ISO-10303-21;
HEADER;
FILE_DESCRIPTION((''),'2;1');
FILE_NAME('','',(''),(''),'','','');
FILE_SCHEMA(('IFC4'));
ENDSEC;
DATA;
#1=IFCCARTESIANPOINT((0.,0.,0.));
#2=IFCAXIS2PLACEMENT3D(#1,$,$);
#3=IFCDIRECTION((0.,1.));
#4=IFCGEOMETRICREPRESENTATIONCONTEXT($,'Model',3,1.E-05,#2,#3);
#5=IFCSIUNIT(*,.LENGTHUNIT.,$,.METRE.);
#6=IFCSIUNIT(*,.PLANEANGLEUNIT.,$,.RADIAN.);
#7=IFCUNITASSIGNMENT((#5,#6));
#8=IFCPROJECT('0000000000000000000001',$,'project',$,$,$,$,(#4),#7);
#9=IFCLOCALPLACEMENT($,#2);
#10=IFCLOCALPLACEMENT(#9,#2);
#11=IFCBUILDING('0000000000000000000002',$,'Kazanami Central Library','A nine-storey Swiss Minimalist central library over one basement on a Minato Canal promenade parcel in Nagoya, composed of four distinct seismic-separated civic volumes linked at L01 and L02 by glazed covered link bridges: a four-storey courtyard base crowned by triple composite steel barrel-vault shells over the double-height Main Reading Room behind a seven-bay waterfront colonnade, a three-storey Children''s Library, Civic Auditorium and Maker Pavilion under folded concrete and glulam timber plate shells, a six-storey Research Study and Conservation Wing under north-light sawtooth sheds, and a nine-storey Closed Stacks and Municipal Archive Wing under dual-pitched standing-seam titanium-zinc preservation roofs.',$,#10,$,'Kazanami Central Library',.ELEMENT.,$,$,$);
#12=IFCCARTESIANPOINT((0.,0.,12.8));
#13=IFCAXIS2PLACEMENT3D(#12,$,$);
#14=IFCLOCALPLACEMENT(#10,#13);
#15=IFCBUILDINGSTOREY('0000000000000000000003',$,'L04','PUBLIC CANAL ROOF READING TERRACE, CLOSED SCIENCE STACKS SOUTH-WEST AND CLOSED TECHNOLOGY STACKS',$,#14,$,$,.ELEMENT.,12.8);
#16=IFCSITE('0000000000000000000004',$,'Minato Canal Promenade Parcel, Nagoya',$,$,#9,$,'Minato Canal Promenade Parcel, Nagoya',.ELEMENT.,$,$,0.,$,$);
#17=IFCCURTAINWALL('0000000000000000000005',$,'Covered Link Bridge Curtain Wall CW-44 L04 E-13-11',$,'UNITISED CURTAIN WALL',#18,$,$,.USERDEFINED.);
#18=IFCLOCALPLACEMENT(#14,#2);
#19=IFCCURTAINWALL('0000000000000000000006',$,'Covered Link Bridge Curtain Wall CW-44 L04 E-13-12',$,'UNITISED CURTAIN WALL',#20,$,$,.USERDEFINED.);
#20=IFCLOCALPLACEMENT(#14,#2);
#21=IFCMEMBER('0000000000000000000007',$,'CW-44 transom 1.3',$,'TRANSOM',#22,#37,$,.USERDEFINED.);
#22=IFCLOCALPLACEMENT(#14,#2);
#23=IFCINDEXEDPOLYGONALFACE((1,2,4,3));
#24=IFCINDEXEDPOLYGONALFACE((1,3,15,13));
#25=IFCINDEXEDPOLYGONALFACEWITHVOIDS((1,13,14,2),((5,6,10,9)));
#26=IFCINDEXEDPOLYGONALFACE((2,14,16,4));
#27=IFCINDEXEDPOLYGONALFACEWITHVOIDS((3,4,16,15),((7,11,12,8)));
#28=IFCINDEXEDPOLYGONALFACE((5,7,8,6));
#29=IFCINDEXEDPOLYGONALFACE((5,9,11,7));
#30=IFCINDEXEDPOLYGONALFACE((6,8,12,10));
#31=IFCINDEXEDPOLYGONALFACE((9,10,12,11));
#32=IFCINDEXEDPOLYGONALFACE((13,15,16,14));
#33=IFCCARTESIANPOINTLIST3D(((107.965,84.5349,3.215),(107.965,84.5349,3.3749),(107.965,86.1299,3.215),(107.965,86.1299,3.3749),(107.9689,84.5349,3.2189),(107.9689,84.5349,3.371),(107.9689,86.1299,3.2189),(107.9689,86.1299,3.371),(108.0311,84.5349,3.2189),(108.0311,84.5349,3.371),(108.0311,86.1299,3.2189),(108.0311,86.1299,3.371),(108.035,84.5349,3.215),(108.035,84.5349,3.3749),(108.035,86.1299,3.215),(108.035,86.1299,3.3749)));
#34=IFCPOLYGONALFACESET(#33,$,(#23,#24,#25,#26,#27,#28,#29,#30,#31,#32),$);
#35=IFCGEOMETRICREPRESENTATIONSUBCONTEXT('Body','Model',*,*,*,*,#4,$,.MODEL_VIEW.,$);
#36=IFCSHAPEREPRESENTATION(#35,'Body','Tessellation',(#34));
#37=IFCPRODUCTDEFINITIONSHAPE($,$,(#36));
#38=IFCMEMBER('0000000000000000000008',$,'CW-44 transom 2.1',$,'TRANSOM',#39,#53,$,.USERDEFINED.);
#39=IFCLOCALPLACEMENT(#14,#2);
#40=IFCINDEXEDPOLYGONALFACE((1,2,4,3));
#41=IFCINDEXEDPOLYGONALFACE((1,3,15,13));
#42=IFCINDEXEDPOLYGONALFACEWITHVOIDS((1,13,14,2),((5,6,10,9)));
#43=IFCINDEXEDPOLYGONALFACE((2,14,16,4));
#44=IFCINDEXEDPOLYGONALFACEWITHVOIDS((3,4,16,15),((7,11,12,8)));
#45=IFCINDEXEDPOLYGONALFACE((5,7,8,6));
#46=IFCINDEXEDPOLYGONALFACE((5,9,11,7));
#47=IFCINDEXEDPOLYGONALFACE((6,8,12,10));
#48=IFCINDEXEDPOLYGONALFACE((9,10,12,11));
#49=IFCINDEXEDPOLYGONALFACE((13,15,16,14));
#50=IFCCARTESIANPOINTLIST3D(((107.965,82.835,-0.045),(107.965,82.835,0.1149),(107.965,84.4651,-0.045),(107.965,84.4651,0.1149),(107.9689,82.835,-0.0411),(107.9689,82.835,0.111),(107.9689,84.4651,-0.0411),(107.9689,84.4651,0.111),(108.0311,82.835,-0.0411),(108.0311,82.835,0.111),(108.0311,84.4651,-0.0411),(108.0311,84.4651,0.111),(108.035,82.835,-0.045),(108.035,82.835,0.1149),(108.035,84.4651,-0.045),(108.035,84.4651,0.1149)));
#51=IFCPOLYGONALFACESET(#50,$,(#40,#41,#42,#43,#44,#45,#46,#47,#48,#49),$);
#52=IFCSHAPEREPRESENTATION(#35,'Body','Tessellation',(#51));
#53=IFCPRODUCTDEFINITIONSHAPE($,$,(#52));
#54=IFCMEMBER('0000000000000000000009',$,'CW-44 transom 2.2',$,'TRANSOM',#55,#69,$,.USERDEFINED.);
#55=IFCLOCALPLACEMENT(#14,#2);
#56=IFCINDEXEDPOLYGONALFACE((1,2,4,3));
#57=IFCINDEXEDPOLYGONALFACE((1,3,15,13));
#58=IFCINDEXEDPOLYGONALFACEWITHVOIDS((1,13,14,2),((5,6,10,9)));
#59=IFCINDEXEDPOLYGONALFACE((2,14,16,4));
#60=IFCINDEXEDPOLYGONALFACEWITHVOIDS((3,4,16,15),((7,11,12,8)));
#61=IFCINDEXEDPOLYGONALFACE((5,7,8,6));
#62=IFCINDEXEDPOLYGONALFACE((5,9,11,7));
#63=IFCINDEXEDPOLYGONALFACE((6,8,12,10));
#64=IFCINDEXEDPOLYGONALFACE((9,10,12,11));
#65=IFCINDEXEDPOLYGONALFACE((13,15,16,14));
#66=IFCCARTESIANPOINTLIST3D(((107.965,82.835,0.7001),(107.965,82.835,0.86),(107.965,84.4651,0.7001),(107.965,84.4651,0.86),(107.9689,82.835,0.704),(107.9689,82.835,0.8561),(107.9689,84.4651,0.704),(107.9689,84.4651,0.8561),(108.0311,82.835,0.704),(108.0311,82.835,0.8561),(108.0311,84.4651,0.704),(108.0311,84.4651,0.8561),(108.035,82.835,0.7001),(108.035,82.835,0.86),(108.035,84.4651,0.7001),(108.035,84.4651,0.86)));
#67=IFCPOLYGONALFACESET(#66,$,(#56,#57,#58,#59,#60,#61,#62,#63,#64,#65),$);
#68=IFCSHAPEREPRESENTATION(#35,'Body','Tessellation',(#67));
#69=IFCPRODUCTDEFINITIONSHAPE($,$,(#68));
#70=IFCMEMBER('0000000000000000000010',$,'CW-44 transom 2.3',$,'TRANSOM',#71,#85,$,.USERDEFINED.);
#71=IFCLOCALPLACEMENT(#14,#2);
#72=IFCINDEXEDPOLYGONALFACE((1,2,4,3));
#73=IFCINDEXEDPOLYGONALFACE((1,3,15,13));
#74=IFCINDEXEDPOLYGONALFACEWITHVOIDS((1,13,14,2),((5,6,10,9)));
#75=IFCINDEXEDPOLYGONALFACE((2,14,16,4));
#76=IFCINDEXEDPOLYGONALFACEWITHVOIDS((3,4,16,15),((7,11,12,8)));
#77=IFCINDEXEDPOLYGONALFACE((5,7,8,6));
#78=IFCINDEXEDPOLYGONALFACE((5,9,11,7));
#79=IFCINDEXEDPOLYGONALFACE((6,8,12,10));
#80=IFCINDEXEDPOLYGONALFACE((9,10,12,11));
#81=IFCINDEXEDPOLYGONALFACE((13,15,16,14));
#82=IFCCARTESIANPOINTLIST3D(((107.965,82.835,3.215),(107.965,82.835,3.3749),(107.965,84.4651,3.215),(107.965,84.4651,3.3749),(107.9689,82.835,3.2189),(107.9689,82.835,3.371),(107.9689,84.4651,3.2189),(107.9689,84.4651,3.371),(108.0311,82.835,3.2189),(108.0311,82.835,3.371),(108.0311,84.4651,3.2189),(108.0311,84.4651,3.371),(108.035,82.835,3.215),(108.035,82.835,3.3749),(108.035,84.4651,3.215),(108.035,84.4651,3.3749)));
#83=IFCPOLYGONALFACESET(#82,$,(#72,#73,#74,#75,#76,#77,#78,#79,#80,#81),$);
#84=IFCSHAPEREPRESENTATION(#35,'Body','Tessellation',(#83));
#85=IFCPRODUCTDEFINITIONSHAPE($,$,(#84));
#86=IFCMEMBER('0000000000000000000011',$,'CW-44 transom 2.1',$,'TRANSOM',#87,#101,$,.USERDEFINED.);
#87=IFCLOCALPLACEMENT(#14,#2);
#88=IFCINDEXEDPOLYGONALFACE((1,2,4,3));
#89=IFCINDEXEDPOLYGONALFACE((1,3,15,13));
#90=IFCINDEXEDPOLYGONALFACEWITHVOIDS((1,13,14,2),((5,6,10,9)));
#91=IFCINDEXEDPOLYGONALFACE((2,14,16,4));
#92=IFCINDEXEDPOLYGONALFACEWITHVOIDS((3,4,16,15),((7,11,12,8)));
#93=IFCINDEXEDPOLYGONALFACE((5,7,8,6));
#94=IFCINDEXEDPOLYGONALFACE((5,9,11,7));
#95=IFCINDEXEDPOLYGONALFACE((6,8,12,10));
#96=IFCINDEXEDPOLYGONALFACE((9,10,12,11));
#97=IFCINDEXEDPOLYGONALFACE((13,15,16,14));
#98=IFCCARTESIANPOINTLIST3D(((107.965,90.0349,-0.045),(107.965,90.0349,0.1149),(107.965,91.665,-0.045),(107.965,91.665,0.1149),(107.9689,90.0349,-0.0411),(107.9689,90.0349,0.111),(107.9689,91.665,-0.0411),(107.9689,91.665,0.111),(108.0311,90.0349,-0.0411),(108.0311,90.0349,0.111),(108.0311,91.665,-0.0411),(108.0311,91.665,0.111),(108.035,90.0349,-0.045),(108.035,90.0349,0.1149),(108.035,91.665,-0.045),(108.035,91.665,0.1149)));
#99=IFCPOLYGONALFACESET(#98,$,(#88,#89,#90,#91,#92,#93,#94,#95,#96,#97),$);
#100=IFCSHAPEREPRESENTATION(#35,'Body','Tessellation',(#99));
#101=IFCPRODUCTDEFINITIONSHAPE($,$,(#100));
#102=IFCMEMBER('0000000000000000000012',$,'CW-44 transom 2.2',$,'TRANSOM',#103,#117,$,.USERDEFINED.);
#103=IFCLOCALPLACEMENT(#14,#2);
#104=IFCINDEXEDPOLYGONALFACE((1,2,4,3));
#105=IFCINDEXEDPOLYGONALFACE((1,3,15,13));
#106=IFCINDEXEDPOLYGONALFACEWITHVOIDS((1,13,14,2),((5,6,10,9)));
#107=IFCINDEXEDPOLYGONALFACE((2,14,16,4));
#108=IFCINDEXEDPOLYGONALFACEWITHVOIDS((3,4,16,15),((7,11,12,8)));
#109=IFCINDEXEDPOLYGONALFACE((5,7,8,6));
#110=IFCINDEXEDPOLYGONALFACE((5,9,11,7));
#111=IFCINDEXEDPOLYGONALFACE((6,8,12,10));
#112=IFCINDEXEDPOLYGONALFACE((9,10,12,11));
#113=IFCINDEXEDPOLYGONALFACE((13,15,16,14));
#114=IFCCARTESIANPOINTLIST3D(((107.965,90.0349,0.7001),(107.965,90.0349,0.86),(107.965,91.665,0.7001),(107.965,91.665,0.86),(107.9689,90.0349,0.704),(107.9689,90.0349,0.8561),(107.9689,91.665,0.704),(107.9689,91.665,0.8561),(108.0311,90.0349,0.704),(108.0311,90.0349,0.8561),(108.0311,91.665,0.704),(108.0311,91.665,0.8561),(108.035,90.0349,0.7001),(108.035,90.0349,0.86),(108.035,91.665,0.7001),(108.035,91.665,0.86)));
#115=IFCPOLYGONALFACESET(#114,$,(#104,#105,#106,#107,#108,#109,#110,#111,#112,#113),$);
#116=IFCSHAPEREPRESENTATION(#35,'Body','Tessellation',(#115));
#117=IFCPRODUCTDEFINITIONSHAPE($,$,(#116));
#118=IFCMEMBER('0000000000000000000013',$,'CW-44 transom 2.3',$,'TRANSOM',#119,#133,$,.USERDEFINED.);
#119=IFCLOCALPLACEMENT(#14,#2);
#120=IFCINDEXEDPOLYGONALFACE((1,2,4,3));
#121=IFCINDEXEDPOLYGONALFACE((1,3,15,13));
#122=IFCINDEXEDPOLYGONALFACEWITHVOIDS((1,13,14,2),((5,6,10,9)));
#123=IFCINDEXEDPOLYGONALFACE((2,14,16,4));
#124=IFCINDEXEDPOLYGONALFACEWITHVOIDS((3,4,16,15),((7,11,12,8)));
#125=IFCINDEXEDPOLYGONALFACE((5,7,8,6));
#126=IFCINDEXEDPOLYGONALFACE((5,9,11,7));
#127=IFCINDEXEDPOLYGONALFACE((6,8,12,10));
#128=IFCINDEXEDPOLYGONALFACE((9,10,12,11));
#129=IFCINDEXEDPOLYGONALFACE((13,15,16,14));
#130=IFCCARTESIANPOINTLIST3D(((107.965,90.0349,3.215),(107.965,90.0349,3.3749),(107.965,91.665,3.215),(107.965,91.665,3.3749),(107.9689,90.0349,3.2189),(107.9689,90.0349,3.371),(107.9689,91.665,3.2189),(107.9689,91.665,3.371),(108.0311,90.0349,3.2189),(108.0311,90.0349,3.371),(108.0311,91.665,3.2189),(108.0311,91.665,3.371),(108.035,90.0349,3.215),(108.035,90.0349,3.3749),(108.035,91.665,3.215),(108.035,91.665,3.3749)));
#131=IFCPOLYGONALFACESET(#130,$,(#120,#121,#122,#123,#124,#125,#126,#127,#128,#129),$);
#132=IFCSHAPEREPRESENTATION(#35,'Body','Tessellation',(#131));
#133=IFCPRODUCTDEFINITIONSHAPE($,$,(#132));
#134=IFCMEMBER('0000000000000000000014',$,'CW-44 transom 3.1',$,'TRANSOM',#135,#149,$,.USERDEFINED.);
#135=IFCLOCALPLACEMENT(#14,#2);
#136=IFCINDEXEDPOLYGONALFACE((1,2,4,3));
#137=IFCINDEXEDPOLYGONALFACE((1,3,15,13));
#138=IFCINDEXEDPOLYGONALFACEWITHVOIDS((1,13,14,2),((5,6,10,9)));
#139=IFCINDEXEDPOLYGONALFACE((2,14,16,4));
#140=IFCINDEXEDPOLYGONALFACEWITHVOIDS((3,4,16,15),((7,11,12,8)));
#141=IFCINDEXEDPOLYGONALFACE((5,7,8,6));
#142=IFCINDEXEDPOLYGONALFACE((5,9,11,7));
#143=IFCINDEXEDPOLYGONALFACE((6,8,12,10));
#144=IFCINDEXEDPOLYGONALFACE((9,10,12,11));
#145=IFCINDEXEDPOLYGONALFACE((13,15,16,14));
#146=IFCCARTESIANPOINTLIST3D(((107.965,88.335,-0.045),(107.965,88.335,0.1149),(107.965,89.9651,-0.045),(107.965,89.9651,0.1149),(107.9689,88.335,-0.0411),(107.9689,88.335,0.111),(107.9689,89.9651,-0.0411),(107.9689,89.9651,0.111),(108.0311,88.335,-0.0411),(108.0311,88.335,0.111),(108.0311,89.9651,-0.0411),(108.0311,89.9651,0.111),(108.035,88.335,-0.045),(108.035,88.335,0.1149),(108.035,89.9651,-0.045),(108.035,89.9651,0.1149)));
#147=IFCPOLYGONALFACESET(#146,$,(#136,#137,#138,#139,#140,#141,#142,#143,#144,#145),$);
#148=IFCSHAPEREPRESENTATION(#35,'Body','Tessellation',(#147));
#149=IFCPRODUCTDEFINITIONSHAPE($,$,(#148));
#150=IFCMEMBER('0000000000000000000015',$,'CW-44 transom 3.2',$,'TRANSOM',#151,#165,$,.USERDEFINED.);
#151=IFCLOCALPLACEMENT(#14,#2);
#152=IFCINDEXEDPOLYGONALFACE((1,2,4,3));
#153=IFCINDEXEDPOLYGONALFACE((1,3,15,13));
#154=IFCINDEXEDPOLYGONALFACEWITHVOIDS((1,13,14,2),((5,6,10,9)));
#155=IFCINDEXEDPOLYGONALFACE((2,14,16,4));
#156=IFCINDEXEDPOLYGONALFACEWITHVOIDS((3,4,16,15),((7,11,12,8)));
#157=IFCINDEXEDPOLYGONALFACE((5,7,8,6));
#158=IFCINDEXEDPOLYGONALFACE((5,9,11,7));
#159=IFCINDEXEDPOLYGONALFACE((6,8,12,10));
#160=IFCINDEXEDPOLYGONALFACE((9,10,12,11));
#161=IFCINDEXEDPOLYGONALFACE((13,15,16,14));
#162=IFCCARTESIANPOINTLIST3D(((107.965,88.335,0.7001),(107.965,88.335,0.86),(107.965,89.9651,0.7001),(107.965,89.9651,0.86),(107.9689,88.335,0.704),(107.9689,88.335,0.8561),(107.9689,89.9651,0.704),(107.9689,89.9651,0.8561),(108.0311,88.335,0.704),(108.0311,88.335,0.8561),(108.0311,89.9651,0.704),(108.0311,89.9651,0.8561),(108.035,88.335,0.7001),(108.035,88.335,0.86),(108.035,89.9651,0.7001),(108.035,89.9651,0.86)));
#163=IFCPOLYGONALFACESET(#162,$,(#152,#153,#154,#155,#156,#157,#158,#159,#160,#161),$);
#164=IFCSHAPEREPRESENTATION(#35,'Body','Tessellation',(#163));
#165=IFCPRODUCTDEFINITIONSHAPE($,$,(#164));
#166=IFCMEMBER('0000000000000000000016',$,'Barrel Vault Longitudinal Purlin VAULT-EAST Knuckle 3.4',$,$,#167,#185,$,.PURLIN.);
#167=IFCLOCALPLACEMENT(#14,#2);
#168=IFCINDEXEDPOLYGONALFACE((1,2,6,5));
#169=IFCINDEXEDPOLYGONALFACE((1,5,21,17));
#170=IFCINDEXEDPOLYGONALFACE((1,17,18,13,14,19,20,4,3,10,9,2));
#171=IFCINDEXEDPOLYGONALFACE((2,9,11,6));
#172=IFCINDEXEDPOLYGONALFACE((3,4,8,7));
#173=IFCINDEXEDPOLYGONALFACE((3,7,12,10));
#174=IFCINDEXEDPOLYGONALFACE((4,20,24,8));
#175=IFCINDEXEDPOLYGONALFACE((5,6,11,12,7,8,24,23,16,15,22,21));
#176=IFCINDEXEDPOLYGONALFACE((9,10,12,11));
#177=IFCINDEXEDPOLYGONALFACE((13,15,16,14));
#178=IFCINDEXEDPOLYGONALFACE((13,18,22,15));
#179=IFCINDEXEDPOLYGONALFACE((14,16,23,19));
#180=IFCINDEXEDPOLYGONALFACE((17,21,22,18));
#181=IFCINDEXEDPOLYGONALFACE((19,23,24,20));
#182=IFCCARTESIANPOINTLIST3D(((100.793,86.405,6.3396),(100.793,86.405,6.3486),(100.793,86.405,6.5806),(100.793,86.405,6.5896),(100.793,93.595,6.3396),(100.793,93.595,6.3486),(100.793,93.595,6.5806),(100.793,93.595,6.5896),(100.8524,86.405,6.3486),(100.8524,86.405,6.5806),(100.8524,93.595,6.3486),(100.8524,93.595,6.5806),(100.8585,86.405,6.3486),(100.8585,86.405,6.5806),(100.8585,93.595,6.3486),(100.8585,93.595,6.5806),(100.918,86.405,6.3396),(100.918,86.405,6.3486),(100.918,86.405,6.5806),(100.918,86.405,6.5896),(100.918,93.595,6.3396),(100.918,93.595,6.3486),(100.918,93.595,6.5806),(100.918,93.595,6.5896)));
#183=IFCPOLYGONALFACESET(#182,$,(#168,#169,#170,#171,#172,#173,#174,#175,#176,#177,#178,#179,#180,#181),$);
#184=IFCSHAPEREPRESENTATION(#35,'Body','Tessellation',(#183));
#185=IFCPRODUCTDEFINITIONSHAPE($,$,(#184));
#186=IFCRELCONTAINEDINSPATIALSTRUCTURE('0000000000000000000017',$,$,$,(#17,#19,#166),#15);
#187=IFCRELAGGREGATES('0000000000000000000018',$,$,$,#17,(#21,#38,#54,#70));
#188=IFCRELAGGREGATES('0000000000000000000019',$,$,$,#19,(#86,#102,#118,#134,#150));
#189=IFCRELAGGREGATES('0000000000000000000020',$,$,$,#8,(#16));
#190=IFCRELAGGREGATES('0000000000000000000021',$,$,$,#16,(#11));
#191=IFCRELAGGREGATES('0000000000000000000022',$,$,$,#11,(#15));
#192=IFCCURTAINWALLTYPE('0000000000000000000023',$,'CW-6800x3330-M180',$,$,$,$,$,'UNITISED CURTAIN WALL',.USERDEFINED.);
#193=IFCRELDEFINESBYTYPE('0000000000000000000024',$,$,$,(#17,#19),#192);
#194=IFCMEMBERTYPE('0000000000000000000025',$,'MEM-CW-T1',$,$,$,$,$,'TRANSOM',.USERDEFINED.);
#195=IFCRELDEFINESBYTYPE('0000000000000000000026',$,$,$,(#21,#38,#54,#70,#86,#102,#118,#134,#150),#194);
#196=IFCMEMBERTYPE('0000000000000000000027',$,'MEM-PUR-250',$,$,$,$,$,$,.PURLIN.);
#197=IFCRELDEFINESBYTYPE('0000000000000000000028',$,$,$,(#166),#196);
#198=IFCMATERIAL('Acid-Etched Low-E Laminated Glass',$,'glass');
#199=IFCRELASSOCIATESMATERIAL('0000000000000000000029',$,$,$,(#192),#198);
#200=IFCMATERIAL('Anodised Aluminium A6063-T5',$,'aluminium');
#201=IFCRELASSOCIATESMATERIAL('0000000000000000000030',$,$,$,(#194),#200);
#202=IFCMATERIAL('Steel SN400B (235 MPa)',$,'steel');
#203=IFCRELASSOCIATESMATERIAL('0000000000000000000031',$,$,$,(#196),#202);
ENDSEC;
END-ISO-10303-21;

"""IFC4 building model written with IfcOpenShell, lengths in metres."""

from ifc_helpers import new_model, si_unit, direction, frame, origin, origin_2d, place, context, subcontext, project, spatial, hollow_rectangle, i_section, extrude, material, material_profile, profile_set, type_object, element, aggregate, save


model = new_model("IFC4")

# Units and contexts
model_context = context("Model", 3, precision=1e-05, world=origin(), true_north=direction((0.0, 1.0)))
body_context = subcontext(model_context, "Body", "Model", "MODEL_VIEW")
ifc_project = project(units=[si_unit("LENGTHUNIT", "METRE"), si_unit("PLANEANGLEUNIT", "RADIAN")], contexts=[model_context])

# Site, building, storey
site_placement = place(None, origin())
site = spatial("IfcSite", under=ifc_project, at=site_placement, Name="Minato Canal Promenade Parcel, Nagoya", LongName="Minato Canal Promenade Parcel, Nagoya", CompositionType="ELEMENT", RefElevation=0.0)
building_placement = place(site_placement, origin())
building = spatial("IfcBuilding", under=site, at=building_placement, Name="Kazanami Central Library", Description="A nine-storey Swiss Minimalist central library over one basement on a Minato Canal promenade parcel in Nagoya, composed of four distinct seismic-separated civic volumes linked at L01 and L02 by glazed covered link bridges: a four-storey courtyard base crowned by triple composite steel barrel-vault shells over the double-height Main Reading Room behind a seven-bay waterfront colonnade, a three-storey Children's Library, Civic Auditorium and Maker Pavilion under folded concrete and glulam timber plate shells, a six-storey Research Study and Conservation Wing under north-light sawtooth sheds, and a nine-storey Closed Stacks and Municipal Archive Wing under dual-pitched standing-seam titanium-zinc preservation roofs.", LongName="Kazanami Central Library", CompositionType="ELEMENT")
storey_placement = place(building_placement, frame((0.0, 0.0, 12.8)))
storey = spatial("IfcBuildingStorey", under=building, at=storey_placement, Name="L04", Description="PUBLIC CANAL ROOF READING TERRACE, CLOSED SCIENCE STACKS SOUTH-WEST AND CLOSED TECHNOLOGY STACKS", CompositionType="ELEMENT", Elevation=12.8)

# Curtain walls
ifc_material_1 = material(Name="Acid-Etched Low-E Laminated Glass", Category="glass")
curtain_wall_type = type_object("IfcCurtainWallType", Name="CW-6800x3330-M180", ElementType="UNITISED CURTAIN WALL", PredefinedType="USERDEFINED", material=ifc_material_1)
curtain_wall_1_placement = place(storey_placement, origin())
curtain_wall_1 = element("IfcCurtainWall", 1, at=curtain_wall_1_placement, inside=storey, type_object=curtain_wall_type, Name="Covered Link Bridge Curtain Wall CW-44 L04 E-13-11", ObjectType="UNITISED CURTAIN WALL", PredefinedType="USERDEFINED")
ifc_material_2 = material(Name="Anodised Aluminium A6063-T5", Category="aluminium")
curtain_wall_2_placement = place(storey_placement, origin())
curtain_wall_2 = element("IfcCurtainWall", 2, at=curtain_wall_2_placement, inside=storey, type_object=curtain_wall_type, Name="Covered Link Bridge Curtain Wall CW-44 L04 E-13-12", ObjectType="UNITISED CURTAIN WALL", PredefinedType="USERDEFINED")

# Members
ifc_material_profile_1 = material_profile(ifc_material_2, hollow_rectangle(XDim=0.0701, YDim=0.1599, WallThickness=0.0039, at=origin_2d()), Name="ALU-TRAN-70x160x4")
ifc_profile_set_1 = profile_set([ifc_material_profile_1], Name="Anodised Aluminium A6063-T5")
member_type_1 = type_object("IfcMemberType", Name="MEM-CW-T1", ElementType="TRANSOM", PredefinedType="USERDEFINED", material=ifc_profile_set_1)
member_1_placement = place(storey_placement, frame((108.0, 86.1299, 3.2949), z_axis=(0.0, -1.0, 0.0), x_axis=(1.0, 0.0, 0.0)))
member_1 = element("IfcMember", 3, at=member_1_placement, type_object=member_type_1, Name="CW-44 transom 1.3", ObjectType="TRANSOM", PredefinedType="USERDEFINED", context=body_context, shape_type="SweptSolid", body=[
    extrude(hollow_rectangle(XDim=0.0701, YDim=0.1599, WallThickness=0.0039, at=origin_2d()), origin(), (0.0, 0.0, 1.0), 1.595),
])
member_2_placement = place(storey_placement, frame((108.0, 84.4651, 0.0349), z_axis=(0.0, -1.0, 0.0), x_axis=(1.0, 0.0, 0.0)))
member_2 = element("IfcMember", 4, at=member_2_placement, type_object=member_type_1, Name="CW-44 transom 2.1", ObjectType="TRANSOM", PredefinedType="USERDEFINED", context=body_context, shape_type="SweptSolid", body=[
    extrude(hollow_rectangle(XDim=0.0701, YDim=0.1599, WallThickness=0.0039, at=origin_2d()), origin(), (0.0, 0.0, 1.0), 1.6301),
])
member_3_placement = place(storey_placement, frame((108.0, 84.4651, 0.78), z_axis=(0.0, -1.0, 0.0), x_axis=(1.0, 0.0, 0.0)))
member_3 = element("IfcMember", 5, at=member_3_placement, type_object=member_type_1, Name="CW-44 transom 2.2", ObjectType="TRANSOM", PredefinedType="USERDEFINED", context=body_context, shape_type="SweptSolid", body=[
    extrude(hollow_rectangle(XDim=0.0701, YDim=0.1599, WallThickness=0.0039, at=origin_2d()), origin(), (0.0, 0.0, 1.0), 1.6301),
])
member_4_placement = place(storey_placement, frame((108.0, 84.4651, 3.2949), z_axis=(0.0, -1.0, 0.0), x_axis=(1.0, 0.0, 0.0)))
member_4 = element("IfcMember", 6, at=member_4_placement, type_object=member_type_1, Name="CW-44 transom 2.3", ObjectType="TRANSOM", PredefinedType="USERDEFINED", context=body_context, shape_type="SweptSolid", body=[
    extrude(hollow_rectangle(XDim=0.0701, YDim=0.1599, WallThickness=0.0039, at=origin_2d()), origin(), (0.0, 0.0, 1.0), 1.6301),
])
member_5_placement = place(storey_placement, frame((108.0, 91.665, 0.0349), z_axis=(0.0, -1.0, 0.0), x_axis=(1.0, 0.0, 0.0)))
member_5 = element("IfcMember", 7, at=member_5_placement, type_object=member_type_1, Name="CW-44 transom 2.1", ObjectType="TRANSOM", PredefinedType="USERDEFINED", context=body_context, shape_type="SweptSolid", body=[
    extrude(hollow_rectangle(XDim=0.0701, YDim=0.1599, WallThickness=0.0039, at=origin_2d()), origin(), (0.0, 0.0, 1.0), 1.6301),
])
member_6_placement = place(storey_placement, frame((108.0, 91.665, 0.78), z_axis=(0.0, -1.0, 0.0), x_axis=(1.0, 0.0, 0.0)))
member_6 = element("IfcMember", 8, at=member_6_placement, type_object=member_type_1, Name="CW-44 transom 2.2", ObjectType="TRANSOM", PredefinedType="USERDEFINED", context=body_context, shape_type="SweptSolid", body=[
    extrude(hollow_rectangle(XDim=0.0701, YDim=0.1599, WallThickness=0.0039, at=origin_2d()), origin(), (0.0, 0.0, 1.0), 1.6301),
])
member_7_placement = place(storey_placement, frame((108.0, 91.665, 3.2949), z_axis=(0.0, -1.0, 0.0), x_axis=(1.0, 0.0, 0.0)))
member_7 = element("IfcMember", 9, at=member_7_placement, type_object=member_type_1, Name="CW-44 transom 2.3", ObjectType="TRANSOM", PredefinedType="USERDEFINED", context=body_context, shape_type="SweptSolid", body=[
    extrude(hollow_rectangle(XDim=0.0701, YDim=0.1599, WallThickness=0.0039, at=origin_2d()), origin(), (0.0, 0.0, 1.0), 1.6301),
])
member_8_placement = place(storey_placement, frame((108.0, 89.9651, 0.0349), z_axis=(0.0, -1.0, 0.0), x_axis=(1.0, 0.0, 0.0)))
member_8 = element("IfcMember", 10, at=member_8_placement, type_object=member_type_1, Name="CW-44 transom 3.1", ObjectType="TRANSOM", PredefinedType="USERDEFINED", context=body_context, shape_type="SweptSolid", body=[
    extrude(hollow_rectangle(XDim=0.0701, YDim=0.1599, WallThickness=0.0039, at=origin_2d()), origin(), (0.0, 0.0, 1.0), 1.6301),
])
member_9_placement = place(storey_placement, frame((108.0, 89.9651, 0.78), z_axis=(0.0, -1.0, 0.0), x_axis=(1.0, 0.0, 0.0)))
member_9 = element("IfcMember", 11, at=member_9_placement, type_object=member_type_1, Name="CW-44 transom 3.2", ObjectType="TRANSOM", PredefinedType="USERDEFINED", context=body_context, shape_type="SweptSolid", body=[
    extrude(hollow_rectangle(XDim=0.0701, YDim=0.1599, WallThickness=0.0039, at=origin_2d()), origin(), (0.0, 0.0, 1.0), 1.6301),
])

# Member
ifc_material_3 = material(Name="Steel SN400B (235 MPa)", Category="steel")
ifc_material_profile_2 = material_profile(ifc_material_3, i_section(OverallWidth=0.125, OverallDepth=0.25, WebThickness=0.0061, FlangeThickness=0.009, at=origin_2d()), Name="H-250x125x6x9")
ifc_profile_set_2 = profile_set([ifc_material_profile_2], Name="Steel SN400B (235 MPa)")
member_type_2 = type_object("IfcMemberType", Name="MEM-PUR-250", PredefinedType="PURLIN", material=ifc_profile_set_2)
for number, where, z_axis, x_axis, name in (
    (12, (100.8555, 86.405, 6.4646), (0.0, 1.0, 0.0), (-1.0, 0.0, 0.0), "Barrel Vault Longitudinal Purlin VAULT-EAST Knuckle 3.4"),
):
    element("IfcMember", number, at=place(storey_placement, frame(where, z_axis=z_axis, x_axis=x_axis)), inside=storey, type_object=member_type_2, Name=name, PredefinedType="PURLIN", context=body_context, shape_type="SweptSolid", body=[
        extrude(i_section(OverallWidth=0.125, OverallDepth=0.25, WebThickness=0.0061, FlangeThickness=0.009, at=origin_2d()), origin(), (0.0, 0.0, 1.0), 7.1899),
    ])

aggregate(curtain_wall_1, [member_1, member_2, member_3, member_4])
aggregate(curtain_wall_2, [member_5, member_6, member_7, member_8, member_9])

save(model, "model.ifc")
